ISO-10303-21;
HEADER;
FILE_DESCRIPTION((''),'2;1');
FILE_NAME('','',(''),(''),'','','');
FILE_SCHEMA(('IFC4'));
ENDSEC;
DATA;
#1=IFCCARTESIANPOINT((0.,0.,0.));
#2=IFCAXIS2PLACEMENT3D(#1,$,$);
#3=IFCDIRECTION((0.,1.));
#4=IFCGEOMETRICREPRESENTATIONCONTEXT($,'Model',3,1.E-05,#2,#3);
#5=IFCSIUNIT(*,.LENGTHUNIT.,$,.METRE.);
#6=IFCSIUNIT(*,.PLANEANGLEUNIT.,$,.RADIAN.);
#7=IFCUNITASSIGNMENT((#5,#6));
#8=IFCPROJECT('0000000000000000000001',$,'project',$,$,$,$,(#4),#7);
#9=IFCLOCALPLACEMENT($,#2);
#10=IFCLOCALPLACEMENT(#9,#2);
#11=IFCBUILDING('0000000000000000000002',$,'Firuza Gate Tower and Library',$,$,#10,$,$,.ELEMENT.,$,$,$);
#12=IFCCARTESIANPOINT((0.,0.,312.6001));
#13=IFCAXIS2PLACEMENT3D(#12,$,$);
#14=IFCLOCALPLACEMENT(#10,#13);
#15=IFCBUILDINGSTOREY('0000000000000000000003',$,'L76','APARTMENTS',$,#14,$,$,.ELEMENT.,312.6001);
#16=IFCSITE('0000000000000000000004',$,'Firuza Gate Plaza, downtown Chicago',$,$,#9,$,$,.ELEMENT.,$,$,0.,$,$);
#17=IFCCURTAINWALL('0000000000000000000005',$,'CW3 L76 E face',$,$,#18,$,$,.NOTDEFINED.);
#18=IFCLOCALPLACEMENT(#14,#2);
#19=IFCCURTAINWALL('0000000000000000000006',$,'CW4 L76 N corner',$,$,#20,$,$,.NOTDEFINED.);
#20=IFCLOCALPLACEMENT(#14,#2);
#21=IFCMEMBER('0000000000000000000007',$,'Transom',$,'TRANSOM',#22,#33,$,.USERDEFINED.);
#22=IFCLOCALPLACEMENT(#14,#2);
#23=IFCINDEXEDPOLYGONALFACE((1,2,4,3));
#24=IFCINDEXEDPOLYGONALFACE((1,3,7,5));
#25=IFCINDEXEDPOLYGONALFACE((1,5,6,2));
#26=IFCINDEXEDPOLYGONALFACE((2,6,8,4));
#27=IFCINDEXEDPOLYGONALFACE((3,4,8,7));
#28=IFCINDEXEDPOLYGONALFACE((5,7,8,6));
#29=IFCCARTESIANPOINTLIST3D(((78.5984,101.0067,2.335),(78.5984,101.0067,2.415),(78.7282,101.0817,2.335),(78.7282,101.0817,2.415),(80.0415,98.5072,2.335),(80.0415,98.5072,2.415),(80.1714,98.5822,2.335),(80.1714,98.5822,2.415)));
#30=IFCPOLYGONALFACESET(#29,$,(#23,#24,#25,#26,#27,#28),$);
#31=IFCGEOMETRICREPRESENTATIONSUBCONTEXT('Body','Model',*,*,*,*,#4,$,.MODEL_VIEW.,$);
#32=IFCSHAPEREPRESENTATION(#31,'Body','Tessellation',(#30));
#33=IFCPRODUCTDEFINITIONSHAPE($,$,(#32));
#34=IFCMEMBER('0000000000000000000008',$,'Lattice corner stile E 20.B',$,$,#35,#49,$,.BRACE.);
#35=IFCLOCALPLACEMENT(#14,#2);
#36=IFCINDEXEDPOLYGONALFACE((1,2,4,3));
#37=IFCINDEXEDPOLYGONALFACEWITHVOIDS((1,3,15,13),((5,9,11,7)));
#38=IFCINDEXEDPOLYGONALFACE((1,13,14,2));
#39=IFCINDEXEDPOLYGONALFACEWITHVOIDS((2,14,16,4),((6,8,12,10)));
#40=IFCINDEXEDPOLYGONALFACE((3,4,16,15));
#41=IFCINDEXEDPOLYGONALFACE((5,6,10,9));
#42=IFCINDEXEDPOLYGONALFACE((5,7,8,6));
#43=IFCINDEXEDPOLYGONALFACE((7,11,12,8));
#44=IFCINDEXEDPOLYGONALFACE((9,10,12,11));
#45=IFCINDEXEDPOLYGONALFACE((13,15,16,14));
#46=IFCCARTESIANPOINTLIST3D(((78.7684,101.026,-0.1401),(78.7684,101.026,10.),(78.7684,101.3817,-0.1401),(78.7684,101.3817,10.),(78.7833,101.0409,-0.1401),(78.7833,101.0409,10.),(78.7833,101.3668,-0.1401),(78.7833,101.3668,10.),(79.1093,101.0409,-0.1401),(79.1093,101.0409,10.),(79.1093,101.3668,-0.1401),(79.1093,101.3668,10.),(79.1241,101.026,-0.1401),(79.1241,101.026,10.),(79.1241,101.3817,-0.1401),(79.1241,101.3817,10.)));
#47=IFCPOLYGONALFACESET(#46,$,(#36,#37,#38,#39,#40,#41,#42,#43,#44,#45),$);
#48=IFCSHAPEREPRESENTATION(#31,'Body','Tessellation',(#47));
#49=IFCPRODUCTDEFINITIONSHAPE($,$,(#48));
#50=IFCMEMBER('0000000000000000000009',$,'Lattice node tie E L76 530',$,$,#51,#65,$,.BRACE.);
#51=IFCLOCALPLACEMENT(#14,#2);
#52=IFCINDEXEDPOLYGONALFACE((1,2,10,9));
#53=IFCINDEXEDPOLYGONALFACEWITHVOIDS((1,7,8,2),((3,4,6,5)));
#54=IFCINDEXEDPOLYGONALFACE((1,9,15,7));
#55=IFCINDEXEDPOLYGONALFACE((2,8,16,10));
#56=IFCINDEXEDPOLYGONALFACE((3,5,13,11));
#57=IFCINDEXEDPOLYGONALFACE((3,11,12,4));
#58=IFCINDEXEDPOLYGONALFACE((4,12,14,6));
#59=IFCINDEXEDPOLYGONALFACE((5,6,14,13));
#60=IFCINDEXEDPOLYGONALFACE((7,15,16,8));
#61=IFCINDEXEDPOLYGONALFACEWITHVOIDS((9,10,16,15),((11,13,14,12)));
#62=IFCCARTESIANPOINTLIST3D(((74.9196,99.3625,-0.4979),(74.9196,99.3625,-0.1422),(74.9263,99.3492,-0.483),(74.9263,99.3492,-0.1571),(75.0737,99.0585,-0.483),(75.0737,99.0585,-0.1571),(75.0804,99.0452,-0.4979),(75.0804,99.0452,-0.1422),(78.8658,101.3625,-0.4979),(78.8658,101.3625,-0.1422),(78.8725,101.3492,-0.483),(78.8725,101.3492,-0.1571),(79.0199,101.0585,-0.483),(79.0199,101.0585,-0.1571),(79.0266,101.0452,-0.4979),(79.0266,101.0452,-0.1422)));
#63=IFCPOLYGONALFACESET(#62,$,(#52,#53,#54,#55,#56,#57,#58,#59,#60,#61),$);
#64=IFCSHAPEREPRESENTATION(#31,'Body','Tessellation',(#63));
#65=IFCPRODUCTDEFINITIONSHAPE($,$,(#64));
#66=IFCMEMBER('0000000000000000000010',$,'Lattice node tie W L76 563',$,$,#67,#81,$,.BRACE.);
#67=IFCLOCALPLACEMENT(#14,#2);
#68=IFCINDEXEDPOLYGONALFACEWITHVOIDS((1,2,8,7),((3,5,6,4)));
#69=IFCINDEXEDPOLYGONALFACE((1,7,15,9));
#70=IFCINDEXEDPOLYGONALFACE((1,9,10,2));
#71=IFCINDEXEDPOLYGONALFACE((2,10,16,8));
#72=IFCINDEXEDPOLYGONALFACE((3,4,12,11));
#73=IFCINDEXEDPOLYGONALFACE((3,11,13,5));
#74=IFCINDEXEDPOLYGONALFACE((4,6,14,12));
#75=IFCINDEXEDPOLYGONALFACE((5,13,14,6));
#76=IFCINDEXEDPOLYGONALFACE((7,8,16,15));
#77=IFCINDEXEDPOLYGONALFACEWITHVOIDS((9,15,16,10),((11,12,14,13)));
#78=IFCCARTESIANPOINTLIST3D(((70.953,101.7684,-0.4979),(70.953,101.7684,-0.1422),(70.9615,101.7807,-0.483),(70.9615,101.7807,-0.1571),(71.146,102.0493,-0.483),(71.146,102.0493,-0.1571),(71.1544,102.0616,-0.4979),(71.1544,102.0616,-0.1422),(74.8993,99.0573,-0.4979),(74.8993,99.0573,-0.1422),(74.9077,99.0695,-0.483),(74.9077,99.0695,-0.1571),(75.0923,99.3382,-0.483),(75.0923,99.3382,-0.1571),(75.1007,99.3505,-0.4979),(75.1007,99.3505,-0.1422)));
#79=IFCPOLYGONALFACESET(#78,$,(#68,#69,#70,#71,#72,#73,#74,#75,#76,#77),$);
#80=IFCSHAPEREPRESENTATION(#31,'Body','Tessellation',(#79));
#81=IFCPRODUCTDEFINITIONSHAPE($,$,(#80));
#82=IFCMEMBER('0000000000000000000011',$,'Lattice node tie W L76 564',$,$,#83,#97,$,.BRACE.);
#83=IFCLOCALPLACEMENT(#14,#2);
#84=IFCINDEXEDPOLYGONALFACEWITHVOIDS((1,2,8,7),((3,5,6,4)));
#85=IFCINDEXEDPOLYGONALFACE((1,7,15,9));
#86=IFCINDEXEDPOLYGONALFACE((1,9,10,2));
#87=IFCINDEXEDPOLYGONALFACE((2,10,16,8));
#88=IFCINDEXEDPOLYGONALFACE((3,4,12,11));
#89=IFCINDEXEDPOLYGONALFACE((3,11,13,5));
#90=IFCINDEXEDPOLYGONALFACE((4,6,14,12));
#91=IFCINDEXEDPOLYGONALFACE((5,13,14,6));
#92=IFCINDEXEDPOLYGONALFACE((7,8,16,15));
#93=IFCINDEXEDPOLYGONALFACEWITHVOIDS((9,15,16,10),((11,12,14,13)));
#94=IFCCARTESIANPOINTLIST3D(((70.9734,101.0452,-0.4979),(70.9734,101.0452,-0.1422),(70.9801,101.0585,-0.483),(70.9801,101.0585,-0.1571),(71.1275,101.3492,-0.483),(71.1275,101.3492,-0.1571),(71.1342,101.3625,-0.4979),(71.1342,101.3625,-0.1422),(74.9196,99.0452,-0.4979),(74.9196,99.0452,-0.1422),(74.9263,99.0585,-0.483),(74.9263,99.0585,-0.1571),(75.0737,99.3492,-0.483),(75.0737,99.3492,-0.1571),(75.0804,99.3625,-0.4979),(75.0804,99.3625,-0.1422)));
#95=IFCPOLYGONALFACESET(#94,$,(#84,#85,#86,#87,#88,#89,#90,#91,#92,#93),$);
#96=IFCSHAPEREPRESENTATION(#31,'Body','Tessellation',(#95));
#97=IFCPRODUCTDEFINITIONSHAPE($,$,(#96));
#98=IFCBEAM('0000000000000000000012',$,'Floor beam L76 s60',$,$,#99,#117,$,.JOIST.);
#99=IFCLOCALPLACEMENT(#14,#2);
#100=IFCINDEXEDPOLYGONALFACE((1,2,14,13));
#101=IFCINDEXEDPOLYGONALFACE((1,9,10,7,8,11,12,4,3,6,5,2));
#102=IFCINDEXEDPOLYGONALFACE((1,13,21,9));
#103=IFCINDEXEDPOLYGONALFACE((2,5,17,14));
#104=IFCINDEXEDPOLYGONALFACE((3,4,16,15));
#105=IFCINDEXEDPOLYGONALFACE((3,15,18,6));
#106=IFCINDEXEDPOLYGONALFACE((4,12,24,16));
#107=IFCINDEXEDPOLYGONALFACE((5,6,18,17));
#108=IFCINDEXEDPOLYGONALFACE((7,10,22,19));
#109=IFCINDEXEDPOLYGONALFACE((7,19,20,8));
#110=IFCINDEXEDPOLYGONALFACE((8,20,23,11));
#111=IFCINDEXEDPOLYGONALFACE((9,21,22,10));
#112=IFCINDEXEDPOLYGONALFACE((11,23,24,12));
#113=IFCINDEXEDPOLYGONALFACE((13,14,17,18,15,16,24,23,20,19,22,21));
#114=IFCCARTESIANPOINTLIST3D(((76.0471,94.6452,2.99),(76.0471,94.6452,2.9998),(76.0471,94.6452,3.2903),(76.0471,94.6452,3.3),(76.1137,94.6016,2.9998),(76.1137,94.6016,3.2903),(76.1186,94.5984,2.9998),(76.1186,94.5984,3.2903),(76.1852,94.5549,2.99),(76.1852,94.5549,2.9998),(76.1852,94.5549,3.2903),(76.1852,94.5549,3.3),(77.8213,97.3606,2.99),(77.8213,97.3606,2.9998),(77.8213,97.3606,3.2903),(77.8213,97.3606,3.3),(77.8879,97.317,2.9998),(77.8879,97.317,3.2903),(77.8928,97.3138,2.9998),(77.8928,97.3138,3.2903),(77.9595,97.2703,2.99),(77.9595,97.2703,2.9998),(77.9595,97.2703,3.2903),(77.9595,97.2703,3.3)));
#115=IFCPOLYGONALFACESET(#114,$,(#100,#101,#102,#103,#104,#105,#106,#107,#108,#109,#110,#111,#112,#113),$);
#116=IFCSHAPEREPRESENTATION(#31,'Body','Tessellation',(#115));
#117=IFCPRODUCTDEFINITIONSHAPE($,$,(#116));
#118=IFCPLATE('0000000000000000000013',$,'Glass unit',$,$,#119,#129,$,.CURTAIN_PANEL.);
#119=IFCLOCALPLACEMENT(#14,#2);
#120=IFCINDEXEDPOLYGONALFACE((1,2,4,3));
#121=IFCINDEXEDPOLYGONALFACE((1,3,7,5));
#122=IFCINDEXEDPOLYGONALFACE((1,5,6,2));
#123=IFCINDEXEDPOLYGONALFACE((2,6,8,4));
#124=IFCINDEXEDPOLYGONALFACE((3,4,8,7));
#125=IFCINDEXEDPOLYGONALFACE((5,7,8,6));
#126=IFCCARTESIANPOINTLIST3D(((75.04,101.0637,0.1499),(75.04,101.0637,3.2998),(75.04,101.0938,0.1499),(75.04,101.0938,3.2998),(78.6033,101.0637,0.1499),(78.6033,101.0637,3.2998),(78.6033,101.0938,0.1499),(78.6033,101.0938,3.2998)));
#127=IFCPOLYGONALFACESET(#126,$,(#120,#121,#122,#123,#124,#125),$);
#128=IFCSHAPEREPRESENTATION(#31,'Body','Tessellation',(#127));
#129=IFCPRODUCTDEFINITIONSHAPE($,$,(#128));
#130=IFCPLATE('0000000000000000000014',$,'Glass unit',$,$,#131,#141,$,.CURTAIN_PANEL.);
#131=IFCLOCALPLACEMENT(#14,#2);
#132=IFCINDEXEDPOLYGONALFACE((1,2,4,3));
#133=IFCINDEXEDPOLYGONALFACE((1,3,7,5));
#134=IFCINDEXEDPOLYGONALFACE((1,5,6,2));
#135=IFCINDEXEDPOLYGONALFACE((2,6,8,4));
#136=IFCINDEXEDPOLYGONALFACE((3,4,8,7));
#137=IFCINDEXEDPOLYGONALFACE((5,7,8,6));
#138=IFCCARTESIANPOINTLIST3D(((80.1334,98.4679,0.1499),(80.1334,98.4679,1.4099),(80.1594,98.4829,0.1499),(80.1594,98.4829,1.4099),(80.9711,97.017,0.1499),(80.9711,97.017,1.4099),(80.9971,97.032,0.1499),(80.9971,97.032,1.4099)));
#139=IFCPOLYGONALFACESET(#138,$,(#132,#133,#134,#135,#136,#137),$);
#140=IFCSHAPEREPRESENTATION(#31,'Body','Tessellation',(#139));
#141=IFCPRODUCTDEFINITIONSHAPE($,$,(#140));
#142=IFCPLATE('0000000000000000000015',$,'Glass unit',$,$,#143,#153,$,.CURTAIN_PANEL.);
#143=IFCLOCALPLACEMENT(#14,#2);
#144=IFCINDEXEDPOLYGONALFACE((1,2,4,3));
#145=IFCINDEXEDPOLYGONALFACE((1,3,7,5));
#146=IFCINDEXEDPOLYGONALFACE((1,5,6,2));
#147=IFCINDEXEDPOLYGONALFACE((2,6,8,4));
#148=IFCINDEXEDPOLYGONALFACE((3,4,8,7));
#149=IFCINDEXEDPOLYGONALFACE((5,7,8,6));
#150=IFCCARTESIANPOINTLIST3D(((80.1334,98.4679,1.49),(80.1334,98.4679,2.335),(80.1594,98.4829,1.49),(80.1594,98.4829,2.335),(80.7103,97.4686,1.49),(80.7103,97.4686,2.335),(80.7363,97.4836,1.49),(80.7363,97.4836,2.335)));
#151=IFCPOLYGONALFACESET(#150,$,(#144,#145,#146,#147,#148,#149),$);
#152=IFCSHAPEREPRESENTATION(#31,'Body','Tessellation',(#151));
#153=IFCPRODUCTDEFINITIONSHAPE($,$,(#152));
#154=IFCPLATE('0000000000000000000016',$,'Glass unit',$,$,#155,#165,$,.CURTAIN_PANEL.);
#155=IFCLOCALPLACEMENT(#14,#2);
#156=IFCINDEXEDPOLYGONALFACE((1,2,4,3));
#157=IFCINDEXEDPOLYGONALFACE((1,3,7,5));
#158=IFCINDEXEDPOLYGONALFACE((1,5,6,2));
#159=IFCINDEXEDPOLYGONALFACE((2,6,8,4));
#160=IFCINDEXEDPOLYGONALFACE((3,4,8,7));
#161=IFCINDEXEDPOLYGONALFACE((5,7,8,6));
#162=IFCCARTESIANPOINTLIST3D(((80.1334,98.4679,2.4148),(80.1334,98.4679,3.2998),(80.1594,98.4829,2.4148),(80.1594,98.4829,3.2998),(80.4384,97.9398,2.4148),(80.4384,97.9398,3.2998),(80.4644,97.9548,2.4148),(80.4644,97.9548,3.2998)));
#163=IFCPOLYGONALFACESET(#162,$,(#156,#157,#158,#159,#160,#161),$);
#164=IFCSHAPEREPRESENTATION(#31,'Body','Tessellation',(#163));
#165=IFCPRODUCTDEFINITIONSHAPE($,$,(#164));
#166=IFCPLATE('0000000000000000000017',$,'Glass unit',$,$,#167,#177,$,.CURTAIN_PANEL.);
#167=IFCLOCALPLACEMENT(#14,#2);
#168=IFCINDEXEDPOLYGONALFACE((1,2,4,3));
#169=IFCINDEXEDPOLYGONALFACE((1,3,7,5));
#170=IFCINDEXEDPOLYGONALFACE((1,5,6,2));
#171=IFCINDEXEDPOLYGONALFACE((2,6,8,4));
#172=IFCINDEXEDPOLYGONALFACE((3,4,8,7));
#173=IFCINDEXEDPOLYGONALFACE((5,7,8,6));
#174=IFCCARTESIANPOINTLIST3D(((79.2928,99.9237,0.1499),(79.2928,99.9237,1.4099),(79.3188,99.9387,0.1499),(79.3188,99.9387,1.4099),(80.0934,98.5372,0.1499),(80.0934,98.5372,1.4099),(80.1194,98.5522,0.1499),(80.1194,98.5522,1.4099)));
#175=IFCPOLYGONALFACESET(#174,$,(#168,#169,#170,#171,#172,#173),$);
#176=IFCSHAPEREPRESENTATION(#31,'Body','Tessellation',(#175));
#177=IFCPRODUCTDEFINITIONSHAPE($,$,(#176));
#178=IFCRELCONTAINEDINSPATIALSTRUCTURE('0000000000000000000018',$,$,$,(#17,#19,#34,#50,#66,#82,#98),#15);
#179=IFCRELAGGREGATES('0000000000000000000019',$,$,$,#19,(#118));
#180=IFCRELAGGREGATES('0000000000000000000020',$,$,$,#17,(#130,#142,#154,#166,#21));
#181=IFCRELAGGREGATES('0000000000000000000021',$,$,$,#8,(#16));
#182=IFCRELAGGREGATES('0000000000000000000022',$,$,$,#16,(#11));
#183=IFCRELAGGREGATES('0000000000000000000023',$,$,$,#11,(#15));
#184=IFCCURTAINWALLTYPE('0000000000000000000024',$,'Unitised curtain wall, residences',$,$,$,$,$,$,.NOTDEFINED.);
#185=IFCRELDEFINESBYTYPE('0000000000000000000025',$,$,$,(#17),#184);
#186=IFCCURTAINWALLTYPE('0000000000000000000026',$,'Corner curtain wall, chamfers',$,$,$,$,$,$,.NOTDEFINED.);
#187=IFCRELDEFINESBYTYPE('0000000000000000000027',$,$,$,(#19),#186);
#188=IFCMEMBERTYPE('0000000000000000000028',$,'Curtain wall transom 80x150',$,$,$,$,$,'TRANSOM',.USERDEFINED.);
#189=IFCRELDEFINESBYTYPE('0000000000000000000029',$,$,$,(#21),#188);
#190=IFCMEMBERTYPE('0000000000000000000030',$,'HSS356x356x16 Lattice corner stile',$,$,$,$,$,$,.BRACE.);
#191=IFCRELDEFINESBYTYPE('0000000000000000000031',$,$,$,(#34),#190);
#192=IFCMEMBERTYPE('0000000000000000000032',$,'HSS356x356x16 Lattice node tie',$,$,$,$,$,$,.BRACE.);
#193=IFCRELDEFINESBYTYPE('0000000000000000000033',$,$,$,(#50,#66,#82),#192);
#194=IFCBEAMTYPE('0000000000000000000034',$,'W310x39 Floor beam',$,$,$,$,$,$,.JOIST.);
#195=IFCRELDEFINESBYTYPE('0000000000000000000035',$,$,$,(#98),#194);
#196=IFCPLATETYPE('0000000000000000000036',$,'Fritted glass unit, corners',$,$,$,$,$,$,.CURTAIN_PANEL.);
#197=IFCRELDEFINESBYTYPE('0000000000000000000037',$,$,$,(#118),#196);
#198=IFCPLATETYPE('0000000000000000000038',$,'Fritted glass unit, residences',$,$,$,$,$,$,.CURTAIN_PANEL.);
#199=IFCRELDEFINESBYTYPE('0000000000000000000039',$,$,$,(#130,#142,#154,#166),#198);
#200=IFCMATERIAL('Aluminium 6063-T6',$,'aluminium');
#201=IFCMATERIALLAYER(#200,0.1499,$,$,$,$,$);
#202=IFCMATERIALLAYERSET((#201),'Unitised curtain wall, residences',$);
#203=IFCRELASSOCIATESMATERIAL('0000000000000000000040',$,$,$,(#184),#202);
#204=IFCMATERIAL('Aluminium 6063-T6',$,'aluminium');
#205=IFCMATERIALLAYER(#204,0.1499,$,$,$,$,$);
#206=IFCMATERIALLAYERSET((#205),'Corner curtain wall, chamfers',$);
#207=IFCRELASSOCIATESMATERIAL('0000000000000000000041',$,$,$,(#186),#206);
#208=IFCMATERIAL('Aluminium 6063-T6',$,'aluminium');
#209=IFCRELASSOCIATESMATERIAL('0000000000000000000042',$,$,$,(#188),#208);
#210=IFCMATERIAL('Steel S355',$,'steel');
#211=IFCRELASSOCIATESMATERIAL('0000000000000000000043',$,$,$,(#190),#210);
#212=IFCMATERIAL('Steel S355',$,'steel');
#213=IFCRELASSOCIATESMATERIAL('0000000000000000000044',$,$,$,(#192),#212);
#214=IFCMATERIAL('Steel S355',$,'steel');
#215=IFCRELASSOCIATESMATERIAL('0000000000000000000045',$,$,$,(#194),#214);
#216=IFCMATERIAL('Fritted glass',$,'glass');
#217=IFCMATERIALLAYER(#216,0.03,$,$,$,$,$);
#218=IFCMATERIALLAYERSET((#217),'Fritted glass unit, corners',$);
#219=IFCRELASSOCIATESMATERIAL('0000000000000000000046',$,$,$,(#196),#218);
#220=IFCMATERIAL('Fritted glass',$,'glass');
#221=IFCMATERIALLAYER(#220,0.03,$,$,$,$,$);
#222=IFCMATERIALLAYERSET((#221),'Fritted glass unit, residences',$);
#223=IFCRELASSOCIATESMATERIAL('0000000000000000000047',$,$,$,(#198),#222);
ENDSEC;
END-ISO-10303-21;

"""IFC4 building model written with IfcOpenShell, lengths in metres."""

from ifc_helpers import new_model, si_unit, direction, frame, origin, origin_2d, place, context, subcontext, project, spatial, polyline, rectangle, hollow_rectangle, i_section, outline, extrude, material, layer, layer_set, material_profile, profile_set, type_object, element, aggregate, save


model = new_model("IFC4")

# Units and contexts
model_context = context("Model", 3, precision=1e-05, world=origin(), true_north=direction((0.0, 1.0)))
body_context = subcontext(model_context, "Body", "Model", "MODEL_VIEW")
ifc_project = project(units=[si_unit("LENGTHUNIT", "METRE"), si_unit("PLANEANGLEUNIT", "RADIAN")], contexts=[model_context])

# Site, building, storey
site_placement = place(None, origin())
site = spatial("IfcSite", under=ifc_project, at=site_placement, Name="Firuza Gate Plaza, downtown Chicago", CompositionType="ELEMENT", RefElevation=0.0)
building_placement = place(site_placement, origin())
building = spatial("IfcBuilding", under=site, at=building_placement, Name="Firuza Gate Tower and Library", CompositionType="ELEMENT")
storey_placement = place(building_placement, frame((0.0, 0.0, 312.6001)))
storey = spatial("IfcBuildingStorey", under=building, at=storey_placement, Name="L76", Description="APARTMENTS", CompositionType="ELEMENT", Elevation=312.6001)

# Curtain walls
ifc_material_1 = material(Name="Aluminium 6063-T6", Category="aluminium")
ifc_layer_1 = layer(ifc_material_1, 0.1499)
ifc_layer_set_1 = layer_set([ifc_layer_1], Name="Unitised curtain wall, residences")
curtain_wall_type_1 = type_object("IfcCurtainWallType", Name="Unitised curtain wall, residences", PredefinedType="NOTDEFINED", material=ifc_layer_set_1)
placement = place(storey_placement, origin())
curtain_wall_1 = element("IfcCurtainWall", 1, at=placement, inside=storey, type_object=curtain_wall_type_1, Name="CW3 L76 E face", PredefinedType="NOTDEFINED")
ifc_material_2 = material(Name="Aluminium 6063-T6", Category="aluminium")
ifc_layer_2 = layer(ifc_material_2, 0.1499)
ifc_layer_set_2 = layer_set([ifc_layer_2], Name="Corner curtain wall, chamfers")
curtain_wall_type_2 = type_object("IfcCurtainWallType", Name="Corner curtain wall, chamfers", PredefinedType="NOTDEFINED", material=ifc_layer_set_2)
curtain_wall_2 = element("IfcCurtainWall", 2, at=placement, inside=storey, type_object=curtain_wall_type_2, Name="CW4 L76 N corner", PredefinedType="NOTDEFINED")

# Member
ifc_material_3 = material(Name="Aluminium 6063-T6", Category="aluminium")
ifc_material_profile_1 = material_profile(ifc_material_3, rectangle(XDim=0.1499, YDim=0.0801, at=origin_2d()))
ifc_profile_set_1 = profile_set([ifc_material_profile_1], Name="Aluminium 6063-T6")
member_type_1 = type_object("IfcMemberType", Name="Curtain wall transom 80x150", ElementType="TRANSOM", PredefinedType="USERDEFINED", material=ifc_profile_set_1)
member_1_placement = place(storey_placement, frame((80.1064, 98.5447, 2.375), z_axis=(-0.500006, 0.866022, 0.0), x_axis=(-0.866022, -0.500006, 0.0)))
member_1 = element("IfcMember", 3, at=member_1_placement, type_object=member_type_1, Name="Transom", ObjectType="TRANSOM", PredefinedType="USERDEFINED", context=body_context, shape_type="SweptSolid", body=[
    extrude(rectangle(XDim=0.1499, YDim=0.0801, at=origin_2d()), origin(), (0.0, 0.0, 1.0), 2.8862),
])

# Members
ifc_material_4 = material(Name="Steel S355", Category="steel")
ifc_material_profile_2 = material_profile(ifc_material_4, hollow_rectangle(XDim=0.3557, YDim=0.3557, WallThickness=0.0149, at=origin_2d()))
ifc_profile_set_2 = profile_set([ifc_material_profile_2], Name="Steel S355")
member_type_2 = type_object("IfcMemberType", Name="HSS356x356x16 Lattice corner stile", PredefinedType="BRACE", material=ifc_profile_set_2)
member_2_placement = place(storey_placement, frame((78.9463, 101.2039, -0.1401), z_axis=(0.0, 0.0, 1.0), x_axis=(1.0, 0.0, 0.0)))
element("IfcMember", 4, at=member_2_placement, inside=storey, type_object=member_type_2, Name="Lattice corner stile E 20.B", PredefinedType="BRACE", context=body_context, shape_type="SweptSolid", body=[
    extrude(hollow_rectangle(XDim=0.3557, YDim=0.3557, WallThickness=0.0149, at=origin_2d()), origin(), (0.0, 0.0, 1.0), 10.1401),
])
ifc_material_5 = material(Name="Steel S355", Category="steel")
ifc_material_profile_3 = material_profile(ifc_material_5, hollow_rectangle(XDim=0.3557, YDim=0.3557, WallThickness=0.0149, at=origin_2d()))
ifc_profile_set_3 = profile_set([ifc_material_profile_3], Name="Steel S355")
member_type_3 = type_object("IfcMemberType", Name="HSS356x356x16 Lattice node tie", PredefinedType="BRACE", material=ifc_profile_set_3)
member_3_placement = place(storey_placement, frame((75.0, 99.2039, -0.3201), z_axis=(0.891986, 0.452063, 0.0), x_axis=(-0.452063, 0.891986, 0.0)))
element("IfcMember", 5, at=member_3_placement, inside=storey, type_object=member_type_3, Name="Lattice node tie E L76 530", PredefinedType="BRACE", context=body_context, shape_type="SweptSolid", body=[
    extrude(hollow_rectangle(XDim=0.3557, YDim=0.3557, WallThickness=0.0149, at=origin_2d()), origin(), (0.0, 0.0, 1.0), 4.4241),
])
member_4_placement = place(storey_placement, frame((75.0, 99.2039, -0.3201), z_axis=(-0.824226, 0.56626, 0.0), x_axis=(-0.56626, -0.824226, 0.0)))
element("IfcMember", 6, at=member_4_placement, inside=storey, type_object=member_type_3, Name="Lattice node tie W L76 563", PredefinedType="BRACE", context=body_context, shape_type="SweptSolid", body=[
    extrude(hollow_rectangle(XDim=0.3557, YDim=0.3557, WallThickness=0.0149, at=origin_2d()), origin(), (0.0, 0.0, 1.0), 4.7878),
])
member_5_placement = place(storey_placement, frame((75.0, 99.2039, -0.3201), z_axis=(-0.891986, 0.452063, 0.0), x_axis=(-0.452063, -0.891986, 0.0)))
element("IfcMember", 7, at=member_5_placement, inside=storey, type_object=member_type_3, Name="Lattice node tie W L76 564", PredefinedType="BRACE", context=body_context, shape_type="SweptSolid", body=[
    extrude(hollow_rectangle(XDim=0.3557, YDim=0.3557, WallThickness=0.0149, at=origin_2d()), origin(), (0.0, 0.0, 1.0), 4.4241),
])

# Beam
ifc_material_6 = material(Name="Steel S355", Category="steel")
ifc_material_profile_4 = material_profile(ifc_material_6, i_section(OverallWidth=0.165, OverallDepth=0.3101, WebThickness=0.0059, FlangeThickness=0.0098, at=origin_2d()))
ifc_profile_set_4 = profile_set([ifc_material_profile_4], Name="Steel S355")
beam_type = type_object("IfcBeamType", Name="W310x39 Floor beam", PredefinedType="JOIST", material=ifc_profile_set_4)
beam_placement = place(storey_placement, frame((77.8904, 97.3154, 3.145), z_axis=(-0.546982, -0.837145, 0.0), x_axis=(0.837145, -0.546982, 0.0)))
element("IfcBeam", 8, at=beam_placement, inside=storey, type_object=beam_type, Name="Floor beam L76 s60", PredefinedType="JOIST", context=body_context, shape_type="SweptSolid", body=[
    extrude(i_section(OverallWidth=0.165, OverallDepth=0.3101, WebThickness=0.0059, FlangeThickness=0.0098, at=origin_2d()), origin(), (0.0, 0.0, 1.0), 3.2437),
])

# Plates
ifc_material_7 = material(Name="Fritted glass", Category="glass")
ifc_layer_3 = layer(ifc_material_7, 0.03)
ifc_layer_set_3 = layer_set([ifc_layer_3], Name="Fritted glass unit, corners")
plate_type_1 = type_object("IfcPlateType", Name="Fritted glass unit, corners", PredefinedType="CURTAIN_PANEL", material=ifc_layer_set_3)
plate_1_placement = place(storey_placement, frame((78.6033, 101.0938, 0.1499), z_axis=(0.0, 1.0, 0.0), x_axis=(-1.0, 0.0, 0.0)))
plate_1 = element("IfcPlate", 9, at=plate_1_placement, type_object=plate_type_1, Name="Glass unit", PredefinedType="CURTAIN_PANEL", context=body_context, shape_type="SweptSolid", body=[
    extrude(outline(polyline([(0.0, 0.0), (3.5632, 0.0), (3.5632, 3.1499), (0.0, 3.1499), (0.0, 0.0)])), origin(), (0.0, 0.0, -1.0), 0.03),
])
aggregate(curtain_wall_2, [plate_1])
ifc_material_8 = material(Name="Fritted glass", Category="glass")
ifc_layer_4 = layer(ifc_material_8, 0.03)
ifc_layer_set_4 = layer_set([ifc_layer_4], Name="Fritted glass unit, residences")
plate_type_2 = type_object("IfcPlateType", Name="Fritted glass unit, residences", PredefinedType="CURTAIN_PANEL", material=ifc_layer_set_4)
plate_2_placement = place(storey_placement, frame((80.9971, 97.032, 0.1499), z_axis=(0.866038, 0.499979, 0.0), x_axis=(-0.499979, 0.866038, 0.0)))
plate_2 = element("IfcPlate", 10, at=plate_2_placement, type_object=plate_type_2, Name="Glass unit", PredefinedType="CURTAIN_PANEL", context=body_context, shape_type="SweptSolid", body=[
    extrude(outline(polyline([(0.0, 0.0), (1.6754, 0.0), (1.6754, 1.26), (0.0, 1.26), (0.0, 0.0)])), origin(), (0.0, 0.0, -1.0), 0.03),
])
plate_3_placement = place(storey_placement, frame((80.7363, 97.4836, 1.49), z_axis=(0.866034, 0.499985, 0.0), x_axis=(-0.499985, 0.866034, 0.0)))
plate_3 = element("IfcPlate", 11, at=plate_3_placement, type_object=plate_type_2, Name="Glass unit", PredefinedType="CURTAIN_PANEL", context=body_context, shape_type="SweptSolid", body=[
    extrude(outline(polyline([(0.0, 0.0), (1.1538, 0.0), (1.1538, 0.845), (0.0, 0.845), (0.0, 0.0)])), origin(), (0.0, 0.0, -1.0), 0.03),
])
plate_4_placement = place(storey_placement, frame((80.4644, 97.9548, 2.4148), z_axis=(0.865992, 0.500057, 0.0), x_axis=(-0.500057, 0.865992, 0.0)))
plate_4 = element("IfcPlate", 12, at=plate_4_placement, type_object=plate_type_2, Name="Glass unit", PredefinedType="CURTAIN_PANEL", context=body_context, shape_type="SweptSolid", body=[
    extrude(outline(polyline([(0.0, 0.0), (0.6098, 0.0), (0.6098, 0.885), (0.0, 0.885), (0.0, 0.0)])), origin(), (0.0, 0.0, -1.0), 0.03),
])
plate_5_placement = place(storey_placement, frame((80.1194, 98.5522, 0.1499), z_axis=(0.86601, 0.500026, 0.0), x_axis=(-0.500026, 0.86601, 0.0)))
plate_5 = element("IfcPlate", 13, at=plate_5_placement, type_object=plate_type_2, Name="Glass unit", PredefinedType="CURTAIN_PANEL", context=body_context, shape_type="SweptSolid", body=[
    extrude(outline(polyline([(0.0, 0.0), (1.601, 0.0), (1.601, 1.26), (0.0, 1.26), (0.0, 0.0)])), origin(), (0.0, 0.0, -1.0), 0.03),
])
aggregate(curtain_wall_1, [plate_2, plate_3, plate_4, plate_5, member_1])

save(model, "model.ifc")
